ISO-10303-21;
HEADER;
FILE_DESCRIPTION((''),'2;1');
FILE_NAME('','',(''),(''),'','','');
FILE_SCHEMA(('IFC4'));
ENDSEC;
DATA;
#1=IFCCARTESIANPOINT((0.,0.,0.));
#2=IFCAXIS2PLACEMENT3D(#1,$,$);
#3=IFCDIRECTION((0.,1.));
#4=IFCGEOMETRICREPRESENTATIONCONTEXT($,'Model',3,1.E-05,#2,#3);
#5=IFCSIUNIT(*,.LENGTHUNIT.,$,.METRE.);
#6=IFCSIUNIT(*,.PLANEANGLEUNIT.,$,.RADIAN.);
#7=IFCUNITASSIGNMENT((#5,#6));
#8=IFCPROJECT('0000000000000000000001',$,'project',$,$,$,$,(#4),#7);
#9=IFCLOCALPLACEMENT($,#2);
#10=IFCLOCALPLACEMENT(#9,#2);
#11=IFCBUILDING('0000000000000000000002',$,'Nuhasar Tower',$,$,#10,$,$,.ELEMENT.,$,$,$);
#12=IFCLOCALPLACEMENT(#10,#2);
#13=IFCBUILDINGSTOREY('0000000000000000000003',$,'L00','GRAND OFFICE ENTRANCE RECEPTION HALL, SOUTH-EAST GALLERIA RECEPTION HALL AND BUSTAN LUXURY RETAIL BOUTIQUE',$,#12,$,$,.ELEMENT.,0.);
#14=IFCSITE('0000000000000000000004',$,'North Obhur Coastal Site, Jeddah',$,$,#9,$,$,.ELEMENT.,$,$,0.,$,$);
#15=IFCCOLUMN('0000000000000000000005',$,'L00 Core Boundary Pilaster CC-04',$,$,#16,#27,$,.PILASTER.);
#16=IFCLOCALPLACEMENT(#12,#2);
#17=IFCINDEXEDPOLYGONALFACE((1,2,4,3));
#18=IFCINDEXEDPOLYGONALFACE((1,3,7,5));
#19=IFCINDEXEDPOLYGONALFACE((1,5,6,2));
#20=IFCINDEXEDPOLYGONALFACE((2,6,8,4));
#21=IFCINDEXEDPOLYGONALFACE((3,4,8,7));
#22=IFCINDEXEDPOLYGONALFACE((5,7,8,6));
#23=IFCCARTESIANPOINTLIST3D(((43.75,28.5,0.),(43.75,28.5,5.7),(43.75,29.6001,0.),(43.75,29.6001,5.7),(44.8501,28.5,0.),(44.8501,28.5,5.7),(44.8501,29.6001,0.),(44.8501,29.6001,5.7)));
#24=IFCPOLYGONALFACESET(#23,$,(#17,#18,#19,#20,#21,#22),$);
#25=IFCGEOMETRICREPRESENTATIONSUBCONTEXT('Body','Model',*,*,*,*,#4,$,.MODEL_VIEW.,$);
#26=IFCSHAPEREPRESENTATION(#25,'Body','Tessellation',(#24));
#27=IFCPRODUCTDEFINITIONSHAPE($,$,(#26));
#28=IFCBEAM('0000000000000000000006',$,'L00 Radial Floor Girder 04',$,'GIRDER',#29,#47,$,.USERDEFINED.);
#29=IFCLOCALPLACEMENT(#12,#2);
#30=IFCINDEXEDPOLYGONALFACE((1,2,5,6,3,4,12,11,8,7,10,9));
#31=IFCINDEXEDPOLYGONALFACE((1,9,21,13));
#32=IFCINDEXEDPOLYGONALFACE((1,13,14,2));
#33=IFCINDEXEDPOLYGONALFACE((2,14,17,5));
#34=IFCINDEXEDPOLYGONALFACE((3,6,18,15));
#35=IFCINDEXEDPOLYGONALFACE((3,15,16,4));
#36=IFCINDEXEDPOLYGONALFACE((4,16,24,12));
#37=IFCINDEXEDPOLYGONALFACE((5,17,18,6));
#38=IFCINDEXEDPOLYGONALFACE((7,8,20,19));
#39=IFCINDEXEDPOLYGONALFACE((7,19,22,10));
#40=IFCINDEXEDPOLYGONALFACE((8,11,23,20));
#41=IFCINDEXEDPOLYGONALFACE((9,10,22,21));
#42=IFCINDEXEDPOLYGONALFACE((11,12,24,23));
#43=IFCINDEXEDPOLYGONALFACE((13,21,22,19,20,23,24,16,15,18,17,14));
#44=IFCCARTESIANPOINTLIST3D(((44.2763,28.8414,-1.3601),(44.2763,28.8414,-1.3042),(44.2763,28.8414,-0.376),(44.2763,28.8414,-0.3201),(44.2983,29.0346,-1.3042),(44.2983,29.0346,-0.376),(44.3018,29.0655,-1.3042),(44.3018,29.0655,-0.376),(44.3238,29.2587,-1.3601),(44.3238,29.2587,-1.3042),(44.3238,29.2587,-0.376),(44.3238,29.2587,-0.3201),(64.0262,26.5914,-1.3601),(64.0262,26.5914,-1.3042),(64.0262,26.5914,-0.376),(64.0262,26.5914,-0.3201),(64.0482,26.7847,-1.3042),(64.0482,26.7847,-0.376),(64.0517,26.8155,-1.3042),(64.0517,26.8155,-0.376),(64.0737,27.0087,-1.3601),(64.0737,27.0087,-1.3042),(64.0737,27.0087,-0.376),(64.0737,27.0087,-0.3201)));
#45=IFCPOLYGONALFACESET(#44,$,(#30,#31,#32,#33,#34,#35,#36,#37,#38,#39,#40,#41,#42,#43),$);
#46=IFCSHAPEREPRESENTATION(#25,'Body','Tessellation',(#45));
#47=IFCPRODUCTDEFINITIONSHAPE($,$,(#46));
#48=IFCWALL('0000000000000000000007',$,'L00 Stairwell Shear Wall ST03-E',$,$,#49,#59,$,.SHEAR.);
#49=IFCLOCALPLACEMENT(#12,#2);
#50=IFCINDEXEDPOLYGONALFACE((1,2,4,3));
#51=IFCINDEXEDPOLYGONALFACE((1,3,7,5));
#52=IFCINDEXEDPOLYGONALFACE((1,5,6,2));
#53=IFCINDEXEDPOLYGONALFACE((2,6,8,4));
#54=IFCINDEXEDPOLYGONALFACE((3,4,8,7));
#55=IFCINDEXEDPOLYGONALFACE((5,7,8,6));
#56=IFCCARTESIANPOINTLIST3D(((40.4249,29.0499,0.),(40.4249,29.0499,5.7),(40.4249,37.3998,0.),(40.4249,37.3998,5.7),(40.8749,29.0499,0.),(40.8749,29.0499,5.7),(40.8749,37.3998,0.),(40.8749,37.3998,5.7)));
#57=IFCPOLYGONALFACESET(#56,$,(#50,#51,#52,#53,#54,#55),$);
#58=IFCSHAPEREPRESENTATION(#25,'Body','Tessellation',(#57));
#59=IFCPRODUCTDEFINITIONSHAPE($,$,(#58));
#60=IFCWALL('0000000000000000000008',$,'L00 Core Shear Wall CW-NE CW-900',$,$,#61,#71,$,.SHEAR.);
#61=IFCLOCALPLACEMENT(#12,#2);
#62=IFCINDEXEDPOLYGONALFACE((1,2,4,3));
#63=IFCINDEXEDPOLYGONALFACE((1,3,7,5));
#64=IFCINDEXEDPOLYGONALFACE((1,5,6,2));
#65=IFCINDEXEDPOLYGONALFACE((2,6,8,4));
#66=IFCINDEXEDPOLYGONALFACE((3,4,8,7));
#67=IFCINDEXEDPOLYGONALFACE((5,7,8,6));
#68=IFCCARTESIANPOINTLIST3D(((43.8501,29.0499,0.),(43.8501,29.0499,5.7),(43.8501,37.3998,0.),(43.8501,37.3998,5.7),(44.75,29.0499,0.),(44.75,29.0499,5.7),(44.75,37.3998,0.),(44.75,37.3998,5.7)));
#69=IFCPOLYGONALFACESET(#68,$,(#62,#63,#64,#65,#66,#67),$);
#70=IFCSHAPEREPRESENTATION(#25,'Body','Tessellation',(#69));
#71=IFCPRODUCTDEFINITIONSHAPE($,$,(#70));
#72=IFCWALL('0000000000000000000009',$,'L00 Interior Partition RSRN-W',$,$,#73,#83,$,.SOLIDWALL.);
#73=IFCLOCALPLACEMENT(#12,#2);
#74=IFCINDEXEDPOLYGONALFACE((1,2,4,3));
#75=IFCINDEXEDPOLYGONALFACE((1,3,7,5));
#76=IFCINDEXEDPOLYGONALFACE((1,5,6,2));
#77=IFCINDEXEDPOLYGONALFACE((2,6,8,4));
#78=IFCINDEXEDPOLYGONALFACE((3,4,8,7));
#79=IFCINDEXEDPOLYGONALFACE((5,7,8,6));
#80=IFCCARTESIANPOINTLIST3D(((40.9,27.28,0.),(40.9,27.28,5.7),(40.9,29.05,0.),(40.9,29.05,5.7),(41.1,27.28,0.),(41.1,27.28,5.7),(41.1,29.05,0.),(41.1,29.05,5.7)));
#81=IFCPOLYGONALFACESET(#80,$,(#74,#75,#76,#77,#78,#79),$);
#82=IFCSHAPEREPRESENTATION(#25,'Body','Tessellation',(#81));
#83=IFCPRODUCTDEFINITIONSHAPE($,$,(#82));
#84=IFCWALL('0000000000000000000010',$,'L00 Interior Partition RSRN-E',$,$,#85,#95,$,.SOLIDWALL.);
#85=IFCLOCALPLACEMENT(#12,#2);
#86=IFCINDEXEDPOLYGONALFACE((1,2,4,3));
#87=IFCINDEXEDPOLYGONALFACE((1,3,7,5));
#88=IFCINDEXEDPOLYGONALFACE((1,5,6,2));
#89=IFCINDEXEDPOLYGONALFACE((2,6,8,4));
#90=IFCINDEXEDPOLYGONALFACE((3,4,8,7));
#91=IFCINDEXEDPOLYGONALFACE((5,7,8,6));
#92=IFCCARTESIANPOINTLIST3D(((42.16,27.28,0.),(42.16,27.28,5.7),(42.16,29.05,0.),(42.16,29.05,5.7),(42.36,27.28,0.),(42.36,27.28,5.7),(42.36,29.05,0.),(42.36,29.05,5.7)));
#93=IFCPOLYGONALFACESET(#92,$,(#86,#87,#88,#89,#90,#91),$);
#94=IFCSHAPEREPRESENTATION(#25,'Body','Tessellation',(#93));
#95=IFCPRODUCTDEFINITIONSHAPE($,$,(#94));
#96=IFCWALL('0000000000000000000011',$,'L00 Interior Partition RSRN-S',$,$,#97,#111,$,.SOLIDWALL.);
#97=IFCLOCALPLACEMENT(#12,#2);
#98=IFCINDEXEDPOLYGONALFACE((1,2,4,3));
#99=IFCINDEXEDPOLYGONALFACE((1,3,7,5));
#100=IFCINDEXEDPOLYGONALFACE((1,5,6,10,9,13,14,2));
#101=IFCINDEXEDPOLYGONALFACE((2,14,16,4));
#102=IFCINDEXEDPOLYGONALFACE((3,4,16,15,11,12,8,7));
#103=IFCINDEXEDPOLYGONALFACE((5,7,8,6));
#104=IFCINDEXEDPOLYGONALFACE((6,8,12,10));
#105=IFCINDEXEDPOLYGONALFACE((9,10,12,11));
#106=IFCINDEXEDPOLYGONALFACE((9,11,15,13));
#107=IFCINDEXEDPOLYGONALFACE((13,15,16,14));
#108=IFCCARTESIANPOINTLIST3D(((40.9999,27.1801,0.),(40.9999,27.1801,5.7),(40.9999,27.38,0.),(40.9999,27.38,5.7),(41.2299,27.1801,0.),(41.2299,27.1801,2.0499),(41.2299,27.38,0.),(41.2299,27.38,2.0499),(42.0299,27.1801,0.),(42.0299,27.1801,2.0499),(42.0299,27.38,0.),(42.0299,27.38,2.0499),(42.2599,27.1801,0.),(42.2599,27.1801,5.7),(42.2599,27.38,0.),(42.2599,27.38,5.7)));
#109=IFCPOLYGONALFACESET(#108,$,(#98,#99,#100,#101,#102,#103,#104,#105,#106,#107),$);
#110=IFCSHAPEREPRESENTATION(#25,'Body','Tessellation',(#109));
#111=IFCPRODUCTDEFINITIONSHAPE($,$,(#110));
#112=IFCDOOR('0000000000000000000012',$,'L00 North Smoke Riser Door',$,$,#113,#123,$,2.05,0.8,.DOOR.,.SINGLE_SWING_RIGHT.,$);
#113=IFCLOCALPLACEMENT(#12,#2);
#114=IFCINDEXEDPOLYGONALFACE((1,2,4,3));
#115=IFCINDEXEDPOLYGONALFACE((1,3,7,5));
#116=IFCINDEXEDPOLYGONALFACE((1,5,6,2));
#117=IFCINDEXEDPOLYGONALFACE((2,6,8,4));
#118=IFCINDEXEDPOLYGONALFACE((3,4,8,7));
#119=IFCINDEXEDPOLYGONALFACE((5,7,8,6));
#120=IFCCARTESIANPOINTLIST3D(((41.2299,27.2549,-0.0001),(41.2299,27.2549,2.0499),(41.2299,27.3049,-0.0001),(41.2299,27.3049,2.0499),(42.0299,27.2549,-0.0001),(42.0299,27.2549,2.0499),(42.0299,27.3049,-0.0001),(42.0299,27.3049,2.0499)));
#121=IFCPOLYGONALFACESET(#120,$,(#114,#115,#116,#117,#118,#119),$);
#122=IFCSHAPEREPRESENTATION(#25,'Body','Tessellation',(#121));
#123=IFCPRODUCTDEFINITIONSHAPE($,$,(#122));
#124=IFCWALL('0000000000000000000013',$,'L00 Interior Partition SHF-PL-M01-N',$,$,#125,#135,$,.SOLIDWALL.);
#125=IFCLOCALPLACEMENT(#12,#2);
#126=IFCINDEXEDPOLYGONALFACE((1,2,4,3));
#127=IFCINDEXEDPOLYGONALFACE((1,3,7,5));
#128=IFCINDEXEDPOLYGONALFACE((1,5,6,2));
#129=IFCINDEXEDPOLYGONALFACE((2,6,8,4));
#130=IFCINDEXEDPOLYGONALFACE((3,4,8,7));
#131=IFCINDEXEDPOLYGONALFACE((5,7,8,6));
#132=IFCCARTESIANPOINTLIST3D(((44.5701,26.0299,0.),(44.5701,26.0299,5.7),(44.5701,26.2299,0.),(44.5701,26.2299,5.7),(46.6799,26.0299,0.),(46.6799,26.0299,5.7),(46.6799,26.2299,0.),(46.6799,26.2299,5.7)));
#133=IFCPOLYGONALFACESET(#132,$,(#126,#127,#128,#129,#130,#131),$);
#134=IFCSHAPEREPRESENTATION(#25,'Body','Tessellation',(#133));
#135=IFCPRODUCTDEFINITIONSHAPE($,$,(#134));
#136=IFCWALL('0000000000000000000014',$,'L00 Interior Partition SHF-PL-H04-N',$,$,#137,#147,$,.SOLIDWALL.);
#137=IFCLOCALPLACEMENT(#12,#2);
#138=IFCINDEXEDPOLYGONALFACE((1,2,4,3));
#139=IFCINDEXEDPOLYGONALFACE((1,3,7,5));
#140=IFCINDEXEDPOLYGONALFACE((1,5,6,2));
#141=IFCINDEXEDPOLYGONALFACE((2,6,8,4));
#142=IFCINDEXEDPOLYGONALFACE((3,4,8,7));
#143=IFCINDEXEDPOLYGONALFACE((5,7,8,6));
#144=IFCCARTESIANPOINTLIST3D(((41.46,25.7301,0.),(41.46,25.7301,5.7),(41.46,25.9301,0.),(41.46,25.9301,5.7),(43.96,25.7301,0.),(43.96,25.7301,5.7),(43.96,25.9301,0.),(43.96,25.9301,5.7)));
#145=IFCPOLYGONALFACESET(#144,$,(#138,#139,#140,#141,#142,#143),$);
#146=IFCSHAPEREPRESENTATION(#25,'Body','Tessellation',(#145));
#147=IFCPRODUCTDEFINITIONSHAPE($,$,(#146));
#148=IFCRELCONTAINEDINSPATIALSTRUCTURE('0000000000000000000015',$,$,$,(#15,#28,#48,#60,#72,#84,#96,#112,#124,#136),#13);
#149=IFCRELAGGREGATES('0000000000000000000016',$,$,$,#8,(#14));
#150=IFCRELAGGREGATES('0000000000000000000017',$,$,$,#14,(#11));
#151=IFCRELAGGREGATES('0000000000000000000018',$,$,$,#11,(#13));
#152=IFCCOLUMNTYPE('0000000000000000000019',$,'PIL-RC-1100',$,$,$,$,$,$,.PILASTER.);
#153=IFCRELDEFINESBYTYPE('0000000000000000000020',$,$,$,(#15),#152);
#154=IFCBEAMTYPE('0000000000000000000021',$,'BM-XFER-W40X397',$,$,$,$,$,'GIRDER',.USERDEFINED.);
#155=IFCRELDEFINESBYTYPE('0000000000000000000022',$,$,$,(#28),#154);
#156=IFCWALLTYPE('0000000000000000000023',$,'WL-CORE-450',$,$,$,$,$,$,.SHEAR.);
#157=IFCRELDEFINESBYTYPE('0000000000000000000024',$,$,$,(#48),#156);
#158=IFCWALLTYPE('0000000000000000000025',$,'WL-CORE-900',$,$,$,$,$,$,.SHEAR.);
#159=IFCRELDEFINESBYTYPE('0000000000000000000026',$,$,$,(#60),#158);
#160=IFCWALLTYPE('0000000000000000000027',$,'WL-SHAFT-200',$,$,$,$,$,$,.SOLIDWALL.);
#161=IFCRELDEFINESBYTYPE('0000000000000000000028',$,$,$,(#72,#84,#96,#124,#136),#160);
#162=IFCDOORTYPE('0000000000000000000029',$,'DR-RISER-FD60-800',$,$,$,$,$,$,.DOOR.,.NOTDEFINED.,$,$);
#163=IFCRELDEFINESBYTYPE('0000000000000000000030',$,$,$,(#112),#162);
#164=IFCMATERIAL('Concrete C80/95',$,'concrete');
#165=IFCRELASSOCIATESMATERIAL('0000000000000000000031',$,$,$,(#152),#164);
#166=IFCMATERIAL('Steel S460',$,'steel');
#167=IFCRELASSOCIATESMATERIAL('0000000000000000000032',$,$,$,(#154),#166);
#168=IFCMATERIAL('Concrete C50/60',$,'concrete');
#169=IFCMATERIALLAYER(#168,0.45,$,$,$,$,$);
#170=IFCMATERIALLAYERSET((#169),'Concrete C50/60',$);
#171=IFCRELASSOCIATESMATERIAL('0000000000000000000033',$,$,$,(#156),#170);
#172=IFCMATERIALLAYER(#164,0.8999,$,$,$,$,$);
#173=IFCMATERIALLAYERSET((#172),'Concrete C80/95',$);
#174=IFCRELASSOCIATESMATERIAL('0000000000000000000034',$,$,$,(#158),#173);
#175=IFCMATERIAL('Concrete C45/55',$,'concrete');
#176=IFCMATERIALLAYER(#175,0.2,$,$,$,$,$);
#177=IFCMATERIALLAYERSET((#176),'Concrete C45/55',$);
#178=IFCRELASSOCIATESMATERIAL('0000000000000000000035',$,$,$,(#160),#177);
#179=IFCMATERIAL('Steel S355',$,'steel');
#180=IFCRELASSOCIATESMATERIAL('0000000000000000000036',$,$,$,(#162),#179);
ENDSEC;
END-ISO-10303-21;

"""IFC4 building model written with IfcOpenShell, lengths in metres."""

from ifc_helpers import new_model, si_unit, direction, frame, frame_2d, origin, origin_2d, place, context, subcontext, project, spatial, rectangle, i_section, extrude, material, layer, layer_set, material_profile, profile_set, type_object, element, fill, save


model = new_model("IFC4")

# Units and contexts
model_context = context("Model", 3, precision=1e-05, world=origin(), true_north=direction((0.0, 1.0)))
body_context = subcontext(model_context, "Body", "Model", "MODEL_VIEW")
ifc_project = project(units=[si_unit("LENGTHUNIT", "METRE"), si_unit("PLANEANGLEUNIT", "RADIAN")], contexts=[model_context])

# Site, building, storey
site_placement = place(None, origin())
site = spatial("IfcSite", under=ifc_project, at=site_placement, Name="North Obhur Coastal Site, Jeddah", CompositionType="ELEMENT", RefElevation=0.0)
building_placement = place(site_placement, origin())
building = spatial("IfcBuilding", under=site, at=building_placement, Name="Nuhasar Tower", CompositionType="ELEMENT")
storey_placement = place(building_placement, origin())
storey = spatial("IfcBuildingStorey", under=building, at=storey_placement, Name="L00", Description="GRAND OFFICE ENTRANCE RECEPTION HALL, SOUTH-EAST GALLERIA RECEPTION HALL AND BUSTAN LUXURY RETAIL BOUTIQUE", CompositionType="ELEMENT", Elevation=0.0)

# Column
ifc_material_1 = material(Name="Concrete C80/95", Category="concrete")
ifc_material_profile_1 = material_profile(ifc_material_1, rectangle(XDim=1.1001, YDim=1.1001, at=origin_2d()), Name="RC1100X1100")
ifc_profile_set_1 = profile_set([ifc_material_profile_1], Name="Concrete C80/95")
column_type = type_object("IfcColumnType", Name="PIL-RC-1100", PredefinedType="PILASTER", material=ifc_profile_set_1)
column_placement = place(storey_placement, frame((44.3, 29.05, 0.0), z_axis=(0.0, 0.0, 1.0), x_axis=(1.0, 0.0, 0.0)))
element("IfcColumn", 1, at=column_placement, inside=storey, type_object=column_type, Name="L00 Core Boundary Pilaster CC-04", PredefinedType="PILASTER", context=body_context, shape_type="SweptSolid", body=[
    extrude(rectangle(XDim=1.1001, YDim=1.1001, at=origin_2d()), origin(), (0.0, 0.0, 1.0), 5.7),
])

# Beam
ifc_material_2 = material(Name="Steel S460", Category="steel")
ifc_material_profile_2 = material_profile(ifc_material_2, i_section(OverallWidth=0.4199, OverallDepth=1.04, WebThickness=0.031, FlangeThickness=0.0559, at=origin_2d()), Name="W40X397")
ifc_profile_set_2 = profile_set([ifc_material_profile_2], Name="Steel S460")
beam_type = type_object("IfcBeamType", Name="BM-XFER-W40X397", ElementType="GIRDER", PredefinedType="USERDEFINED", material=ifc_profile_set_2)
beam_placement = place(storey_placement, frame((44.3, 29.05, -0.8401), z_axis=(0.993573, -0.113192, 0.0), x_axis=(0.113192, 0.993573, 0.0)))
element("IfcBeam", 2, at=beam_placement, inside=storey, type_object=beam_type, Name="L00 Radial Floor Girder 04", ObjectType="GIRDER", PredefinedType="USERDEFINED", context=body_context, shape_type="SweptSolid", body=[
    extrude(i_section(OverallWidth=0.4199, OverallDepth=1.04, WebThickness=0.031, FlangeThickness=0.0559, at=origin_2d()), origin(), (0.0, 0.0, 1.0), 19.8777),
])

# Walls
ifc_material_3 = material(Name="Concrete C50/60", Category="concrete")
ifc_layer_1 = layer(ifc_material_3, 0.45)
ifc_layer_set_1 = layer_set([ifc_layer_1], Name="Concrete C50/60")
wall_type_1 = type_object("IfcWallType", Name="WL-CORE-450", PredefinedType="SHEAR", material=ifc_layer_set_1)
wall_1_placement = place(storey_placement, frame((40.6499, 29.05, 0.0), z_axis=(0.0, 0.0, 1.0), x_axis=(0.0, 1.0, 0.0)))
element("IfcWall", 3, at=wall_1_placement, inside=storey, type_object=wall_type_1, Name="L00 Stairwell Shear Wall ST03-E", PredefinedType="SHEAR", context=body_context, shape_type="SweptSolid", body=[
    extrude(rectangle(XDim=8.3499, YDim=0.45, at=frame_2d((4.1748, 0.0))), origin(), (0.0, 0.0, 1.0), 5.7),
])
ifc_layer_2 = layer(ifc_material_1, 0.8999)
ifc_layer_set_2 = layer_set([ifc_layer_2], Name="Concrete C80/95")
wall_type_2 = type_object("IfcWallType", Name="WL-CORE-900", PredefinedType="SHEAR", material=ifc_layer_set_2)
wall_2_placement = place(storey_placement, frame((44.3, 29.05, 0.0), z_axis=(0.0, 0.0, 1.0), x_axis=(0.0, 1.0, 0.0)))
element("IfcWall", 4, at=wall_2_placement, inside=storey, type_object=wall_type_2, Name="L00 Core Shear Wall CW-NE CW-900", PredefinedType="SHEAR", context=body_context, shape_type="SweptSolid", body=[
    extrude(rectangle(XDim=8.3499, YDim=0.8999, at=frame_2d((4.1748, 0.0))), origin(), (0.0, 0.0, 1.0), 5.7),
])
ifc_material_4 = material(Name="Concrete C45/55", Category="concrete")
ifc_layer_3 = layer(ifc_material_4, 0.2)
ifc_layer_set_3 = layer_set([ifc_layer_3], Name="Concrete C45/55")
wall_type_3 = type_object("IfcWallType", Name="WL-SHAFT-200", PredefinedType="SOLIDWALL", material=ifc_layer_set_3)
for number, where, z_axis, x_axis, name in (
    (5, (41.0, 27.28, 0.0), (0.0, 0.0, 1.0), (0.0, 1.0, 0.0), "L00 Interior Partition RSRN-W"),
    (6, (42.26, 27.28, 0.0), (0.0, 0.0, 1.0), (0.0, 1.0, 0.0), "L00 Interior Partition RSRN-E"),
):
    element("IfcWall", number, at=place(storey_placement, frame(where, z_axis=z_axis, x_axis=x_axis)), inside=storey, type_object=wall_type_3, Name=name, PredefinedType="SOLIDWALL", context=body_context, shape_type="SweptSolid", body=[
        extrude(rectangle(XDim=1.77, YDim=0.2, at=frame_2d((0.885, 0.0))), origin(), (0.0, 0.0, 1.0), 5.7),
    ])

# Wall, opening, door
wall_3_placement = place(storey_placement, frame((41.0, 27.28, 0.0), z_axis=(0.0, 0.0, 1.0), x_axis=(1.0, 0.0, 0.0)))
wall_3 = element("IfcWall", 7, at=wall_3_placement, inside=storey, type_object=wall_type_3, Name="L00 Interior Partition RSRN-S", PredefinedType="SOLIDWALL", context=body_context, shape_type="SweptSolid", body=[
    extrude(rectangle(XDim=1.26, YDim=0.2, at=frame_2d((0.6299, 0.0))), origin(), (0.0, 0.0, 1.0), 5.7),
])
opening_placement = place(wall_3_placement, frame((0.23, 0.0, 0.0)))
opening = element("IfcOpeningElement", 8, at=opening_placement, cuts=wall_3, PredefinedType="OPENING", context=body_context, shape_type="SweptSolid", body=[
    extrude(rectangle(XDim=0.8, YDim=2.05, at=frame_2d((0.3999, 1.0249))), frame((0.0, 0.1099, 0.0), z_axis=(0.0, -1.0, 0.0), x_axis=(1.0, 0.0, 0.0)), (0.0, 0.0, 1.0), 0.22),
])
ifc_material_5 = material(Name="Steel S355", Category="steel")
door_type = type_object("IfcDoorType", Name="DR-RISER-FD60-800", OperationType="NOTDEFINED", PredefinedType="DOOR", material=ifc_material_5)
door_placement = place(opening_placement, origin())
door = element("IfcDoor", 9, at=door_placement, inside=storey, type_object=door_type, Name="L00 North Smoke Riser Door", OperationType="SINGLE_SWING_RIGHT", OverallHeight=2.05, OverallWidth=0.8, PredefinedType="DOOR", context=body_context, shape_type="SweptSolid", body=[
    extrude(rectangle(XDim=0.8, YDim=2.05, at=frame_2d((0.3999, 1.0249))), frame((0.0, 0.0249, 0.0), z_axis=(0.0, -1.0, 0.0), x_axis=(1.0, 0.0, 0.0)), (0.0, 0.0, 1.0), 0.05),
])
fill(opening, door)

# Walls
wall_4_placement = place(storey_placement, frame((44.5701, 26.1299, 0.0), z_axis=(0.0, 0.0, 1.0), x_axis=(1.0, 0.0, 0.0)))
element("IfcWall", 10, at=wall_4_placement, inside=storey, type_object=wall_type_3, Name="L00 Interior Partition SHF-PL-M01-N", PredefinedType="SOLIDWALL", context=body_context, shape_type="SweptSolid", body=[
    extrude(rectangle(XDim=2.1099, YDim=0.2, at=frame_2d((1.0549, 0.0))), origin(), (0.0, 0.0, 1.0), 5.7),
])
wall_5_placement = place(storey_placement, frame((41.46, 25.8301, 0.0), z_axis=(0.0, 0.0, 1.0), x_axis=(1.0, 0.0, 0.0)))
element("IfcWall", 11, at=wall_5_placement, inside=storey, type_object=wall_type_3, Name="L00 Interior Partition SHF-PL-H04-N", PredefinedType="SOLIDWALL", context=body_context, shape_type="SweptSolid", body=[
    extrude(rectangle(XDim=2.5, YDim=0.2, at=frame_2d((1.25, 0.0))), origin(), (0.0, 0.0, 1.0), 5.7),
])

save(model, "model.ifc")
